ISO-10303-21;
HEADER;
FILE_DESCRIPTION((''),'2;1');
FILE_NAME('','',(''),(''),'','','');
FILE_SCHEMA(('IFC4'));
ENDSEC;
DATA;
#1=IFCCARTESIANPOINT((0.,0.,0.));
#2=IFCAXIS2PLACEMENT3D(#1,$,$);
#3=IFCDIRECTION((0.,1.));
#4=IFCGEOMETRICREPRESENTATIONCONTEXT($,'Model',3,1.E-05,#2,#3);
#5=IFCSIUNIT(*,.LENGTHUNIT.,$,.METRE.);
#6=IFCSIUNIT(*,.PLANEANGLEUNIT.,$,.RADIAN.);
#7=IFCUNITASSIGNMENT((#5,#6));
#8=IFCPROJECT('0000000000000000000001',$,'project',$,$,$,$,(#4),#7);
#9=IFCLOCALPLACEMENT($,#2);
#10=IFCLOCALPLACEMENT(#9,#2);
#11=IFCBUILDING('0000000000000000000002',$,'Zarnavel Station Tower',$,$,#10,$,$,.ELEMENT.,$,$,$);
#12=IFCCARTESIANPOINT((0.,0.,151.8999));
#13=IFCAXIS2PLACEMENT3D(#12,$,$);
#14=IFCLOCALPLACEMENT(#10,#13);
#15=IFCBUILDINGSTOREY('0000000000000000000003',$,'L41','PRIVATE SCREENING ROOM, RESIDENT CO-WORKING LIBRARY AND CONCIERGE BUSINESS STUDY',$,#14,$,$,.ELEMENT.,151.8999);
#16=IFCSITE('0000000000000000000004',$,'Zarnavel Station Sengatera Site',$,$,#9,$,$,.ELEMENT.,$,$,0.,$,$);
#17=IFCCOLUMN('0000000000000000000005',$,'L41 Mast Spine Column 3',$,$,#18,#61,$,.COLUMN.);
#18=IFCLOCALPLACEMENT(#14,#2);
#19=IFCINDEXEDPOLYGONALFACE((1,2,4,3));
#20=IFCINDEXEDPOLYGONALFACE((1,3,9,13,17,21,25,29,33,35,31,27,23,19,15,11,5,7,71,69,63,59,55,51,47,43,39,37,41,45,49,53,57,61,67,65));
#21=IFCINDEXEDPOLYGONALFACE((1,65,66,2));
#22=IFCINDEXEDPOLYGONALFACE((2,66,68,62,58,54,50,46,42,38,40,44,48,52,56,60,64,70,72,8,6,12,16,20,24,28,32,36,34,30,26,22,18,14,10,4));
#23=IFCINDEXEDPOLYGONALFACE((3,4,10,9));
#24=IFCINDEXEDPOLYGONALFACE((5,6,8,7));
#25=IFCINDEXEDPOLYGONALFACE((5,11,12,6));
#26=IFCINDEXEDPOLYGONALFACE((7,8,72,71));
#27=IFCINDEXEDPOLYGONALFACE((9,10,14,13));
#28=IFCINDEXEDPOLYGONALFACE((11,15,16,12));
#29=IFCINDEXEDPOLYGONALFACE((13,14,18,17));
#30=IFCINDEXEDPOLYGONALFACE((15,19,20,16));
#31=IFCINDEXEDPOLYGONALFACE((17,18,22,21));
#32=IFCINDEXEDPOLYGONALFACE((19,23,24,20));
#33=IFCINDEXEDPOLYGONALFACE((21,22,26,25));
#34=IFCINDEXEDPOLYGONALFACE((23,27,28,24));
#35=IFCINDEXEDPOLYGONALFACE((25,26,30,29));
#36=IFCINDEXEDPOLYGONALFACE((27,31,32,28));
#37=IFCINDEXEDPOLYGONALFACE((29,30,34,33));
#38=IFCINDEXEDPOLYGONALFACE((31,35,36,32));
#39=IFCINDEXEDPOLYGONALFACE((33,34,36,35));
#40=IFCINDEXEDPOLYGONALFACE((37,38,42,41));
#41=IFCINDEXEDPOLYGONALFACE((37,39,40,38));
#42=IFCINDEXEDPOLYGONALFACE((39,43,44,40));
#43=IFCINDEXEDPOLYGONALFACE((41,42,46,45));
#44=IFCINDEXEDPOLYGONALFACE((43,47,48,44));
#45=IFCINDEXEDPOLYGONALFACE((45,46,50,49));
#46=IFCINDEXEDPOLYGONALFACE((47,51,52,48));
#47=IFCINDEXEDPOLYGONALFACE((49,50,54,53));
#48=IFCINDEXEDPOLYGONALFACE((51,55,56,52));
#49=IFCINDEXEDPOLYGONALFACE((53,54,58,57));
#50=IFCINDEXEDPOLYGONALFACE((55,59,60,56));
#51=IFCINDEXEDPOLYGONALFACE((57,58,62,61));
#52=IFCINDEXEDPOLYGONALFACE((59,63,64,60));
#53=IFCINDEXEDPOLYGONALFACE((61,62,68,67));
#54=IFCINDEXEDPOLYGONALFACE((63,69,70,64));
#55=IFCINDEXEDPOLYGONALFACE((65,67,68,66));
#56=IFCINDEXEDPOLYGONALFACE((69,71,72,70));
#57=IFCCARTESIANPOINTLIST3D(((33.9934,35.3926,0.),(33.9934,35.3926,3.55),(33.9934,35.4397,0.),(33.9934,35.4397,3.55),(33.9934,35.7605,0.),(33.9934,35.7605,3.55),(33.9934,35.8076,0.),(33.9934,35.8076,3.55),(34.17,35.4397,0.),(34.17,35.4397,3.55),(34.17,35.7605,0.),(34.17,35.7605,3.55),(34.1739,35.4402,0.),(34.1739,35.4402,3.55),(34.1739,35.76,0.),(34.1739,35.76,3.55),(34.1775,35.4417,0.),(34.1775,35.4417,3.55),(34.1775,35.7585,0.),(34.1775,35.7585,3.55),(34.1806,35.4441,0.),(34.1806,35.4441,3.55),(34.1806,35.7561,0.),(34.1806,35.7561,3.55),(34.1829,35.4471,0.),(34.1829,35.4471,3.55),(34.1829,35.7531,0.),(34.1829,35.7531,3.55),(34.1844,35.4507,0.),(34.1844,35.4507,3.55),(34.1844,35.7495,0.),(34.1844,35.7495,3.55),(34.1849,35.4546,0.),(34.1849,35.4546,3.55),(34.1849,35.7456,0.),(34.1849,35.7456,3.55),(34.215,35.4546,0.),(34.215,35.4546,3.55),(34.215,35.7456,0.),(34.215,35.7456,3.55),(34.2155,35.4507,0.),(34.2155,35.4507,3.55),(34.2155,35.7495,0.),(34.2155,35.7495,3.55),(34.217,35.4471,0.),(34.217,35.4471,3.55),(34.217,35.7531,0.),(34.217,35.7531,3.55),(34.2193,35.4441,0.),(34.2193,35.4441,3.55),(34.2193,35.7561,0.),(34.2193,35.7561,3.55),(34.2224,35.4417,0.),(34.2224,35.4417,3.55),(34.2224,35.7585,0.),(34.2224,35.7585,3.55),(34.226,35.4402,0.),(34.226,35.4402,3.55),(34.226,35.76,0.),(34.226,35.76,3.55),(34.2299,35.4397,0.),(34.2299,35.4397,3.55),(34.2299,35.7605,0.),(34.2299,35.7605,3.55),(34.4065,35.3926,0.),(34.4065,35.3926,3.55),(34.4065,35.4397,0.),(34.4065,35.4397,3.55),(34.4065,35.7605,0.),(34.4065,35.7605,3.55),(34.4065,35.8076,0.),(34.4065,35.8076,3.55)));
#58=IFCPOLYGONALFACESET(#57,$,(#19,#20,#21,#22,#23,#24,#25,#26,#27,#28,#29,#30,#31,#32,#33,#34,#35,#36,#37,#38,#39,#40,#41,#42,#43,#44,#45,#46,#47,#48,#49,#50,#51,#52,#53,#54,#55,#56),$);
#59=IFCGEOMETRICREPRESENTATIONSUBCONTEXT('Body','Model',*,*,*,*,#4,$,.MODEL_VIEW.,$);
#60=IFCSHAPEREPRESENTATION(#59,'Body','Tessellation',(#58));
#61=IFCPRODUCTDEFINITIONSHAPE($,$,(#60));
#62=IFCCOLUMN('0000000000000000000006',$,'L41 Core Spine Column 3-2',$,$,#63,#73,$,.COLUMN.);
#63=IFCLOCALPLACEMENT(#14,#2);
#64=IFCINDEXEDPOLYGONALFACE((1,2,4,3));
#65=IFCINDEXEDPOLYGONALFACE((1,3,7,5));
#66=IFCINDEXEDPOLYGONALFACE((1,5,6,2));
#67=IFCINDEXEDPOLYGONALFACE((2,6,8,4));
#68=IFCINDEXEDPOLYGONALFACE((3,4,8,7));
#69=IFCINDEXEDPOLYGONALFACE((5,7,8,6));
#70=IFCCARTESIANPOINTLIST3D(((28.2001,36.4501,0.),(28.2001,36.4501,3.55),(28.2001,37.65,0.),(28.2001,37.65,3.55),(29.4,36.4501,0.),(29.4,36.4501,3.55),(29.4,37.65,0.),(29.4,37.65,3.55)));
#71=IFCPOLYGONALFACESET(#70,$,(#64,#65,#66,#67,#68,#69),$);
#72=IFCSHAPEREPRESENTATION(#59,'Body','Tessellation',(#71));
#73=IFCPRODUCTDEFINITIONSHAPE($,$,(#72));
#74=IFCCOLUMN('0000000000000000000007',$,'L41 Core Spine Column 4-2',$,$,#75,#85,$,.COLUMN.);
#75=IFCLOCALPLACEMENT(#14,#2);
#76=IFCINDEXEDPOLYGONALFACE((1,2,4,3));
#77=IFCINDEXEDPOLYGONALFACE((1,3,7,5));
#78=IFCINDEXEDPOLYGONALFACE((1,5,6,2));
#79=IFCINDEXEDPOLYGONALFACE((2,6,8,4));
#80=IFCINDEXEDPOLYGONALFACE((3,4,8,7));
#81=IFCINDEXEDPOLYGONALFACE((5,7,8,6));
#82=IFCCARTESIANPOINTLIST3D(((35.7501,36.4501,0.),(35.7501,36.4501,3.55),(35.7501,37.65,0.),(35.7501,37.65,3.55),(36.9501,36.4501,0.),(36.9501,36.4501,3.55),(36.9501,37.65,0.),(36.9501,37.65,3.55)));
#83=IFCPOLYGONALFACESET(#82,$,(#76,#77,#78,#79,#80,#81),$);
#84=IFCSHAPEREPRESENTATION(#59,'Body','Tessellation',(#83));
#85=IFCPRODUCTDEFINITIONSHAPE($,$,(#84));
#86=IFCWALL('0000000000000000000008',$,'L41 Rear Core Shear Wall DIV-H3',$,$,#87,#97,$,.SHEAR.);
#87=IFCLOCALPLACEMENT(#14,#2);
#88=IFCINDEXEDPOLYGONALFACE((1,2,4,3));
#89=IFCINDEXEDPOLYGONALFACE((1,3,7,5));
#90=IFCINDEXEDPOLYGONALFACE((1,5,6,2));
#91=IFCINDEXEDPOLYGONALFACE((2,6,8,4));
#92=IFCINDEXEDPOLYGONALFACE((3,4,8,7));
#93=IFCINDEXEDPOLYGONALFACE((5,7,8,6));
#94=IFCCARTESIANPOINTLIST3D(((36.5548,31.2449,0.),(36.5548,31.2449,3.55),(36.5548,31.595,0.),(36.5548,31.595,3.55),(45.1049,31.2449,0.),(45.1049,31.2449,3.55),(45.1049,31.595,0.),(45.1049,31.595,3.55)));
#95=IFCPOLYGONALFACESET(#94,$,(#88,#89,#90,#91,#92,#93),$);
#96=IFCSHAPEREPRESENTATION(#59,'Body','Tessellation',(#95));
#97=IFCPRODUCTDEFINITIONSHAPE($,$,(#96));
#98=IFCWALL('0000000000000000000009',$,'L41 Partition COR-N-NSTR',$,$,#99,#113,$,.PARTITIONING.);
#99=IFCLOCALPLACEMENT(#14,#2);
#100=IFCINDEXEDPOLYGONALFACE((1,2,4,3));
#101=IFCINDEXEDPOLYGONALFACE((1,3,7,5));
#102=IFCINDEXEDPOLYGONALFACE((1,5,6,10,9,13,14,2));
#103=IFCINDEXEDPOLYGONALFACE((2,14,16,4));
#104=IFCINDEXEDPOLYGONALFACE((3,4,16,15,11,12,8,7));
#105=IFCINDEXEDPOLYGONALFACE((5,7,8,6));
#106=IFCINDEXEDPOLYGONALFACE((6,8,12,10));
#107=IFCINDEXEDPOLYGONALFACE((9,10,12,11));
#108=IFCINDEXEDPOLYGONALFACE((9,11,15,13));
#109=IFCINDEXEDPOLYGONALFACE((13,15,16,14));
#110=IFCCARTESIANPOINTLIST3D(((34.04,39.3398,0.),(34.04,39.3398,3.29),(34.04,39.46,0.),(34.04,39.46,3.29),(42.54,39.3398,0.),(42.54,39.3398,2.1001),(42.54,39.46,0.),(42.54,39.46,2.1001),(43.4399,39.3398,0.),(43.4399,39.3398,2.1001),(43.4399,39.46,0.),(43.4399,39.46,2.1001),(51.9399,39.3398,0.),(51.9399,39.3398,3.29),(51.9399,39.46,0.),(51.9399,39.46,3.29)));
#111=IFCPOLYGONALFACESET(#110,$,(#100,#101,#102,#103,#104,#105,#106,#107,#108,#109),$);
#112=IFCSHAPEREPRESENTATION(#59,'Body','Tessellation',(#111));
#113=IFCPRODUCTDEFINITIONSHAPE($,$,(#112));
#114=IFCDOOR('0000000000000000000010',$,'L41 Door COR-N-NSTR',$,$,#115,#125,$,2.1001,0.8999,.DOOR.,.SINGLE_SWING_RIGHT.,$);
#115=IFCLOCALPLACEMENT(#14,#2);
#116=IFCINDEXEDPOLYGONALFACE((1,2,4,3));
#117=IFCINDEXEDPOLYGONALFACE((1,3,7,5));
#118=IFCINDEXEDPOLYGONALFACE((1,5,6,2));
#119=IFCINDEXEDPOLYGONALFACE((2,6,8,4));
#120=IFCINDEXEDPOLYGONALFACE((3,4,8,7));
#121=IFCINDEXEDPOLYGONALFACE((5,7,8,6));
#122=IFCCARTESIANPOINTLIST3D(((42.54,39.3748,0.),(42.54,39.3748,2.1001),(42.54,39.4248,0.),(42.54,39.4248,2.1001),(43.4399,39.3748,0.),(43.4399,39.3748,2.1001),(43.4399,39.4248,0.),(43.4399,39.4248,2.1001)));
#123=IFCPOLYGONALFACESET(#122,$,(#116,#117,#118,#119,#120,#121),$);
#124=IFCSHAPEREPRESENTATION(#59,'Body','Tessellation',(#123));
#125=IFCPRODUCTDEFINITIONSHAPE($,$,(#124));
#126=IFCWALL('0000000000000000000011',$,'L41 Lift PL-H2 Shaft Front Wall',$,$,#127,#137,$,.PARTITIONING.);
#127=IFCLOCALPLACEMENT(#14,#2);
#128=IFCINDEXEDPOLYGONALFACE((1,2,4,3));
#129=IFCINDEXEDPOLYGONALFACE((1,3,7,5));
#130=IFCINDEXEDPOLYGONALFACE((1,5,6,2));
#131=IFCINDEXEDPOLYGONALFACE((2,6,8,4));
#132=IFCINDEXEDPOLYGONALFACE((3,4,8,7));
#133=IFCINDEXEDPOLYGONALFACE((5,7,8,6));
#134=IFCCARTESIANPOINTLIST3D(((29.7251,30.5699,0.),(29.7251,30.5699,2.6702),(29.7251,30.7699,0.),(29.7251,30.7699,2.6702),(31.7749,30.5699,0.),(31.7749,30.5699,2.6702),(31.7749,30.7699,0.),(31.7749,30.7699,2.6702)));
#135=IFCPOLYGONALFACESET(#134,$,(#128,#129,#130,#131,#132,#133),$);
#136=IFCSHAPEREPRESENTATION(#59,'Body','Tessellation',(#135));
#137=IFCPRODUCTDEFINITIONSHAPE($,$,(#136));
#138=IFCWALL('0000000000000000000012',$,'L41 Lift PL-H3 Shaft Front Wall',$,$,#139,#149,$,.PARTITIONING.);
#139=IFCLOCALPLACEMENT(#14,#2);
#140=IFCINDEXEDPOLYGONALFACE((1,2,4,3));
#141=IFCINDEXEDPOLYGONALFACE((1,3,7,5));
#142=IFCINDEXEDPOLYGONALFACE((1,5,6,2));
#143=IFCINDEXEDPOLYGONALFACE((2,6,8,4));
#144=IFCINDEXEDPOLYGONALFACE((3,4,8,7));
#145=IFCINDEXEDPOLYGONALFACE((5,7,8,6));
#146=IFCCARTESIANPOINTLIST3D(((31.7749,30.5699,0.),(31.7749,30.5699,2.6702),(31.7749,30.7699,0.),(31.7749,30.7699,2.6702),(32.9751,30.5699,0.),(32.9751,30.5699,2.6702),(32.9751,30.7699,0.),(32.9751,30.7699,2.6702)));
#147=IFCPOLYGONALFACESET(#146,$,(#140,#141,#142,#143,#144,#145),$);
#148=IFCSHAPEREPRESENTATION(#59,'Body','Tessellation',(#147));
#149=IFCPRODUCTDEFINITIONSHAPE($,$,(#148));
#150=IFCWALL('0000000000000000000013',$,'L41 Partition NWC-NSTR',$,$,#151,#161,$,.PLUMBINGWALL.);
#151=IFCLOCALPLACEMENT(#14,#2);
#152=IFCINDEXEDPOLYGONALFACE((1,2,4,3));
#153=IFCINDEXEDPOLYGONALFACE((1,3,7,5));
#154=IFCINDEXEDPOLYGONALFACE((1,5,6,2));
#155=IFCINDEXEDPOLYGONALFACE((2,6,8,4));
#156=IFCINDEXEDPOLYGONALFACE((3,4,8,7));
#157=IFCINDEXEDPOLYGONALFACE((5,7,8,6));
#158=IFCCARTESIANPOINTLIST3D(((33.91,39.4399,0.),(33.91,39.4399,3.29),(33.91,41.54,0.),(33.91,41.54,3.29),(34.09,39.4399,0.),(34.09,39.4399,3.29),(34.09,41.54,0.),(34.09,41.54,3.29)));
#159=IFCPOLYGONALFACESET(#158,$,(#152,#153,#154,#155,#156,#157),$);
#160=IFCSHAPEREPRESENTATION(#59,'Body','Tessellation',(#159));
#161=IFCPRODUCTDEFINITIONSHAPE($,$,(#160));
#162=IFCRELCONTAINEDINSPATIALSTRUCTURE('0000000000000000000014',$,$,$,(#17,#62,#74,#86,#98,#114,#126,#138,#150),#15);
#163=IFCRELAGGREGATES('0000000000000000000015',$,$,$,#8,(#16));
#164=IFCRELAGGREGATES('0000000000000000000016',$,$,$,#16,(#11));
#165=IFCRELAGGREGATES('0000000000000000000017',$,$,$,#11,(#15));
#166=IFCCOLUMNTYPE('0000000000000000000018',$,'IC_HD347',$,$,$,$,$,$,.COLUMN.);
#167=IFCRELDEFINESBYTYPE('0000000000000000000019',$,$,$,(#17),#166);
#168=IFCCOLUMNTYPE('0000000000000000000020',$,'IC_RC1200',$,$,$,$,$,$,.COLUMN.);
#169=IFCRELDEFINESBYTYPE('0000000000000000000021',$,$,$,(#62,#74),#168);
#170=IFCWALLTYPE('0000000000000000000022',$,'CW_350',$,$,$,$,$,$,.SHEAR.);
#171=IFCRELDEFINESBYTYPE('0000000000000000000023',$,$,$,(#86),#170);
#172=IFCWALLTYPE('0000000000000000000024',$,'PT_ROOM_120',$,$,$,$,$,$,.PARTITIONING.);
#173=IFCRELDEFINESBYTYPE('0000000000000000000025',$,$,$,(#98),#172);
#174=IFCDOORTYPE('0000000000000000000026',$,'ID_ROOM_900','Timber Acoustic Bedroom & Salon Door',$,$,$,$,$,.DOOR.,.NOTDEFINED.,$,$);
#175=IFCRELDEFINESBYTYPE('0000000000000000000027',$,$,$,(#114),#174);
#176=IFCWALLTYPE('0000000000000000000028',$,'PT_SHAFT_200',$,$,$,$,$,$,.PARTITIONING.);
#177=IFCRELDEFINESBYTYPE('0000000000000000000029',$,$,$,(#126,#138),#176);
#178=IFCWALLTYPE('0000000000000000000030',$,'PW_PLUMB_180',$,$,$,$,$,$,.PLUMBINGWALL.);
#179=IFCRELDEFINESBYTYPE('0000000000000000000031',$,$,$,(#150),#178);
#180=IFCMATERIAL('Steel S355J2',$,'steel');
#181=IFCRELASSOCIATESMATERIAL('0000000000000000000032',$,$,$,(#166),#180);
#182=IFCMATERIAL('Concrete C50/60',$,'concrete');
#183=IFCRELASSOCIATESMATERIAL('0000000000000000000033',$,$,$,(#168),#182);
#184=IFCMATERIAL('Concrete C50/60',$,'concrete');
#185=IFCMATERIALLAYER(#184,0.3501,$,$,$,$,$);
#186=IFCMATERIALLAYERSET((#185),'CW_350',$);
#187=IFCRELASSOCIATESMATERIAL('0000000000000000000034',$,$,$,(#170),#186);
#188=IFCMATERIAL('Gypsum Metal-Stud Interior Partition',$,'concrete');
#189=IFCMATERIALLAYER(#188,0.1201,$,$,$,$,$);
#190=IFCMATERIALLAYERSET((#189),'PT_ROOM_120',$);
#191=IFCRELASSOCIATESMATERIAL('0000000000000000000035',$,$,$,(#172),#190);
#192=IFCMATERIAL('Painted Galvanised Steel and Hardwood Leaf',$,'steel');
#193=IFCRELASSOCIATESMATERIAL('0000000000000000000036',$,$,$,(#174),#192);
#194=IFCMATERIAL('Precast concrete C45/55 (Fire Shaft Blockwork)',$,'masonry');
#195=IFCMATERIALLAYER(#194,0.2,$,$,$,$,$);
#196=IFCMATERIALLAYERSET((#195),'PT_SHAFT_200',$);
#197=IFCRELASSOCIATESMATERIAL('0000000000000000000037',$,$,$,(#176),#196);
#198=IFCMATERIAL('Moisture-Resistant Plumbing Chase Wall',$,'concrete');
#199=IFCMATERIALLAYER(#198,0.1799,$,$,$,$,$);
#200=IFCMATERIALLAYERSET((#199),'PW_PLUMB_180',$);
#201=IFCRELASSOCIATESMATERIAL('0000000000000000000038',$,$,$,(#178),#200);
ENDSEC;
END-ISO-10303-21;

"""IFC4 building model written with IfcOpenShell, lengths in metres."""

from ifc_helpers import new_model, si_unit, direction, frame, frame_2d, origin, origin_2d, place, context, subcontext, project, spatial, rectangle, i_section, extrude, material, layer, layer_set, material_profile, profile_set, type_object, element, fill, save


model = new_model("IFC4")

# Units and contexts
model_context = context("Model", 3, precision=1e-05, world=origin(), true_north=direction((0.0, 1.0)))
body_context = subcontext(model_context, "Body", "Model", "MODEL_VIEW")
ifc_project = project(units=[si_unit("LENGTHUNIT", "METRE"), si_unit("PLANEANGLEUNIT", "RADIAN")], contexts=[model_context])

# Site, building, storey
site_placement = place(None, origin())
site = spatial("IfcSite", under=ifc_project, at=site_placement, Name="Zarnavel Station Sengatera Site", CompositionType="ELEMENT", RefElevation=0.0)
building_placement = place(site_placement, origin())
building = spatial("IfcBuilding", under=site, at=building_placement, Name="Zarnavel Station Tower", CompositionType="ELEMENT")
storey_placement = place(building_placement, frame((0.0, 0.0, 151.8999)))
storey = spatial("IfcBuildingStorey", under=building, at=storey_placement, Name="L41", Description="PRIVATE SCREENING ROOM, RESIDENT CO-WORKING LIBRARY AND CONCIERGE BUSINESS STUDY", CompositionType="ELEMENT", Elevation=151.8999)

# Columns
ifc_material_1 = material(Name="Steel S355J2", Category="steel")
ifc_material_profile_1 = material_profile(ifc_material_1, i_section(OverallWidth=0.4131, OverallDepth=0.415, WebThickness=0.03, FlangeThickness=0.0471, FilletRadius=0.0149, at=origin_2d()), Name="HD400x347")
ifc_profile_set_1 = profile_set([ifc_material_profile_1], Name="Steel S355J2")
column_type_1 = type_object("IfcColumnType", Name="IC_HD347", PredefinedType="COLUMN", material=ifc_profile_set_1)
column_placement = place(storey_placement, frame((34.2, 35.6001, 0.0), z_axis=(0.0, 0.0, 1.0), x_axis=(1.0, 0.0, 0.0)))
element("IfcColumn", 1, at=column_placement, inside=storey, type_object=column_type_1, Name="L41 Mast Spine Column 3", PredefinedType="COLUMN", context=body_context, shape_type="SweptSolid", body=[
    extrude(i_section(OverallWidth=0.4131, OverallDepth=0.415, WebThickness=0.03, FlangeThickness=0.0471, FilletRadius=0.0149, at=origin_2d()), origin(), (0.0, 0.0, 1.0), 3.55),
])
ifc_material_2 = material(Name="Concrete C50/60", Category="concrete")
ifc_material_profile_2 = material_profile(ifc_material_2, rectangle(XDim=1.2, YDim=1.2, at=origin_2d()), Name="RC1200x1200")
ifc_profile_set_2 = profile_set([ifc_material_profile_2], Name="Concrete C50/60")
column_type_2 = type_object("IfcColumnType", Name="IC_RC1200", PredefinedType="COLUMN", material=ifc_profile_set_2)
for number, where, z_axis, x_axis, name in (
    (2, (28.8, 37.05, 0.0), (0.0, 0.0, 1.0), (1.0, 0.0, 0.0), "L41 Core Spine Column 3-2"),
    (3, (36.3501, 37.05, 0.0), (0.0, 0.0, 1.0), (1.0, 0.0, 0.0), "L41 Core Spine Column 4-2"),
):
    element("IfcColumn", number, at=place(storey_placement, frame(where, z_axis=z_axis, x_axis=x_axis)), inside=storey, type_object=column_type_2, Name=name, PredefinedType="COLUMN", context=body_context, shape_type="SweptSolid", body=[
        extrude(rectangle(XDim=1.2, YDim=1.2, at=origin_2d()), origin(), (0.0, 0.0, 1.0), 3.55),
    ])

# Wall
ifc_material_3 = material(Name="Concrete C50/60", Category="concrete")
ifc_layer_1 = layer(ifc_material_3, 0.3501)
ifc_layer_set_1 = layer_set([ifc_layer_1], Name="CW_350")
wall_type_1 = type_object("IfcWallType", Name="CW_350", PredefinedType="SHEAR", material=ifc_layer_set_1)
wall_1_placement = place(storey_placement, frame((36.5549, 31.4199, 0.0), z_axis=(0.0, 0.0, 1.0), x_axis=(1.0, 0.0, 0.0)))
element("IfcWall", 4, at=wall_1_placement, inside=storey, type_object=wall_type_1, Name="L41 Rear Core Shear Wall DIV-H3", PredefinedType="SHEAR", context=body_context, shape_type="SweptSolid", body=[
    extrude(rectangle(XDim=8.55, YDim=0.3501, at=frame_2d((4.2749, 0.0))), origin(), (0.0, 0.0, 1.0), 3.55),
])

# Wall, opening, door
ifc_material_4 = material(Name="Gypsum Metal-Stud Interior Partition", Category="concrete")
ifc_layer_2 = layer(ifc_material_4, 0.1201)
ifc_layer_set_2 = layer_set([ifc_layer_2], Name="PT_ROOM_120")
wall_type_2 = type_object("IfcWallType", Name="PT_ROOM_120", PredefinedType="PARTITIONING", material=ifc_layer_set_2)
wall_2_placement = place(storey_placement, frame((34.04, 39.3999, 0.0), z_axis=(0.0, 0.0, 1.0), x_axis=(1.0, 0.0, 0.0)))
wall_2 = element("IfcWall", 5, at=wall_2_placement, inside=storey, type_object=wall_type_2, Name="L41 Partition COR-N-NSTR", PredefinedType="PARTITIONING", context=body_context, shape_type="SweptSolid", body=[
    extrude(rectangle(XDim=17.8999, YDim=0.1201, at=frame_2d((8.95, 0.0))), origin(), (0.0, 0.0, 1.0), 3.29),
])
opening_1_placement = place(wall_2_placement, frame((8.5, 0.0, 0.0)))
opening_1 = element("IfcOpeningElement", 6, at=opening_1_placement, cuts=wall_2, PredefinedType="OPENING", context=body_context, shape_type="SweptSolid", body=[
    extrude(rectangle(XDim=0.8999, YDim=2.1001, at=frame_2d((0.45, 1.05))), frame((0.0, 0.0701, 0.0), z_axis=(0.0, -1.0, 0.0), x_axis=(1.0, 0.0, 0.0)), (0.0, 0.0, 1.0), 0.1401),
])
ifc_material_5 = material(Name="Painted Galvanised Steel and Hardwood Leaf", Category="steel")
door_type_1 = type_object("IfcDoorType", Name="ID_ROOM_900", Description="Timber Acoustic Bedroom & Salon Door", OperationType="NOTDEFINED", PredefinedType="DOOR", material=ifc_material_5)
door_1_placement = place(opening_1_placement, origin())
door_1 = element("IfcDoor", 7, at=door_1_placement, inside=storey, type_object=door_type_1, Name="L41 Door COR-N-NSTR", OperationType="SINGLE_SWING_RIGHT", OverallHeight=2.1001, OverallWidth=0.8999, PredefinedType="DOOR", context=body_context, shape_type="SweptSolid", body=[
    extrude(rectangle(XDim=0.8999, YDim=2.1001, at=frame_2d((0.45, 1.05))), frame((0.0, 0.0249, 0.0), z_axis=(0.0, -1.0, 0.0), x_axis=(1.0, 0.0, 0.0)), (0.0, 0.0, 1.0), 0.05),
])
fill(opening_1, door_1)
ifc_material_6 = material(Name="Precast concrete C45/55 (Fire Shaft Blockwork)", Category="masonry")
ifc_layer_3 = layer(ifc_material_6, 0.2)
ifc_layer_set_3 = layer_set([ifc_layer_3], Name="PT_SHAFT_200")
wall_type_3 = type_object("IfcWallType", Name="PT_SHAFT_200", PredefinedType="PARTITIONING", material=ifc_layer_set_3)

# Walls
wall_3_placement = place(storey_placement, frame((29.7251, 30.6699, 0.0), z_axis=(0.0, 0.0, 1.0), x_axis=(1.0, 0.0, 0.0)))
element("IfcWall", 8, at=wall_3_placement, inside=storey, type_object=wall_type_3, Name="L41 Lift PL-H2 Shaft Front Wall", PredefinedType="PARTITIONING", context=body_context, shape_type="SweptSolid", body=[
    extrude(rectangle(XDim=2.0498, YDim=0.2, at=frame_2d((1.0249, 0.0))), origin(), (0.0, 0.0, 1.0), 2.6702),
])
wall_4_placement = place(storey_placement, frame((31.7749, 30.6699, 0.0), z_axis=(0.0, 0.0, 1.0), x_axis=(1.0, 0.0, 0.0)))
element("IfcWall", 9, at=wall_4_placement, inside=storey, type_object=wall_type_3, Name="L41 Lift PL-H3 Shaft Front Wall", PredefinedType="PARTITIONING", context=body_context, shape_type="SweptSolid", body=[
    extrude(rectangle(XDim=1.2002, YDim=0.2, at=frame_2d((0.6001, 0.0))), origin(), (0.0, 0.0, 1.0), 2.6702),
])

# Wall
ifc_material_7 = material(Name="Moisture-Resistant Plumbing Chase Wall", Category="concrete")
ifc_layer_4 = layer(ifc_material_7, 0.1799)
ifc_layer_set_4 = layer_set([ifc_layer_4], Name="PW_PLUMB_180")
wall_type_4 = type_object("IfcWallType", Name="PW_PLUMB_180", PredefinedType="PLUMBINGWALL", material=ifc_layer_set_4)
wall_5_placement = place(storey_placement, frame((34.0, 39.4399, 0.0), z_axis=(0.0, 0.0, 1.0), x_axis=(0.0, 1.0, 0.0)))
element("IfcWall", 10, at=wall_5_placement, inside=storey, type_object=wall_type_4, Name="L41 Partition NWC-NSTR", PredefinedType="PLUMBINGWALL", context=body_context, shape_type="SweptSolid", body=[
    extrude(rectangle(XDim=2.1001, YDim=0.1799, at=frame_2d((1.05, 0.0))), origin(), (0.0, 0.0, 1.0), 3.29),
])

save(model, "model.ifc")
